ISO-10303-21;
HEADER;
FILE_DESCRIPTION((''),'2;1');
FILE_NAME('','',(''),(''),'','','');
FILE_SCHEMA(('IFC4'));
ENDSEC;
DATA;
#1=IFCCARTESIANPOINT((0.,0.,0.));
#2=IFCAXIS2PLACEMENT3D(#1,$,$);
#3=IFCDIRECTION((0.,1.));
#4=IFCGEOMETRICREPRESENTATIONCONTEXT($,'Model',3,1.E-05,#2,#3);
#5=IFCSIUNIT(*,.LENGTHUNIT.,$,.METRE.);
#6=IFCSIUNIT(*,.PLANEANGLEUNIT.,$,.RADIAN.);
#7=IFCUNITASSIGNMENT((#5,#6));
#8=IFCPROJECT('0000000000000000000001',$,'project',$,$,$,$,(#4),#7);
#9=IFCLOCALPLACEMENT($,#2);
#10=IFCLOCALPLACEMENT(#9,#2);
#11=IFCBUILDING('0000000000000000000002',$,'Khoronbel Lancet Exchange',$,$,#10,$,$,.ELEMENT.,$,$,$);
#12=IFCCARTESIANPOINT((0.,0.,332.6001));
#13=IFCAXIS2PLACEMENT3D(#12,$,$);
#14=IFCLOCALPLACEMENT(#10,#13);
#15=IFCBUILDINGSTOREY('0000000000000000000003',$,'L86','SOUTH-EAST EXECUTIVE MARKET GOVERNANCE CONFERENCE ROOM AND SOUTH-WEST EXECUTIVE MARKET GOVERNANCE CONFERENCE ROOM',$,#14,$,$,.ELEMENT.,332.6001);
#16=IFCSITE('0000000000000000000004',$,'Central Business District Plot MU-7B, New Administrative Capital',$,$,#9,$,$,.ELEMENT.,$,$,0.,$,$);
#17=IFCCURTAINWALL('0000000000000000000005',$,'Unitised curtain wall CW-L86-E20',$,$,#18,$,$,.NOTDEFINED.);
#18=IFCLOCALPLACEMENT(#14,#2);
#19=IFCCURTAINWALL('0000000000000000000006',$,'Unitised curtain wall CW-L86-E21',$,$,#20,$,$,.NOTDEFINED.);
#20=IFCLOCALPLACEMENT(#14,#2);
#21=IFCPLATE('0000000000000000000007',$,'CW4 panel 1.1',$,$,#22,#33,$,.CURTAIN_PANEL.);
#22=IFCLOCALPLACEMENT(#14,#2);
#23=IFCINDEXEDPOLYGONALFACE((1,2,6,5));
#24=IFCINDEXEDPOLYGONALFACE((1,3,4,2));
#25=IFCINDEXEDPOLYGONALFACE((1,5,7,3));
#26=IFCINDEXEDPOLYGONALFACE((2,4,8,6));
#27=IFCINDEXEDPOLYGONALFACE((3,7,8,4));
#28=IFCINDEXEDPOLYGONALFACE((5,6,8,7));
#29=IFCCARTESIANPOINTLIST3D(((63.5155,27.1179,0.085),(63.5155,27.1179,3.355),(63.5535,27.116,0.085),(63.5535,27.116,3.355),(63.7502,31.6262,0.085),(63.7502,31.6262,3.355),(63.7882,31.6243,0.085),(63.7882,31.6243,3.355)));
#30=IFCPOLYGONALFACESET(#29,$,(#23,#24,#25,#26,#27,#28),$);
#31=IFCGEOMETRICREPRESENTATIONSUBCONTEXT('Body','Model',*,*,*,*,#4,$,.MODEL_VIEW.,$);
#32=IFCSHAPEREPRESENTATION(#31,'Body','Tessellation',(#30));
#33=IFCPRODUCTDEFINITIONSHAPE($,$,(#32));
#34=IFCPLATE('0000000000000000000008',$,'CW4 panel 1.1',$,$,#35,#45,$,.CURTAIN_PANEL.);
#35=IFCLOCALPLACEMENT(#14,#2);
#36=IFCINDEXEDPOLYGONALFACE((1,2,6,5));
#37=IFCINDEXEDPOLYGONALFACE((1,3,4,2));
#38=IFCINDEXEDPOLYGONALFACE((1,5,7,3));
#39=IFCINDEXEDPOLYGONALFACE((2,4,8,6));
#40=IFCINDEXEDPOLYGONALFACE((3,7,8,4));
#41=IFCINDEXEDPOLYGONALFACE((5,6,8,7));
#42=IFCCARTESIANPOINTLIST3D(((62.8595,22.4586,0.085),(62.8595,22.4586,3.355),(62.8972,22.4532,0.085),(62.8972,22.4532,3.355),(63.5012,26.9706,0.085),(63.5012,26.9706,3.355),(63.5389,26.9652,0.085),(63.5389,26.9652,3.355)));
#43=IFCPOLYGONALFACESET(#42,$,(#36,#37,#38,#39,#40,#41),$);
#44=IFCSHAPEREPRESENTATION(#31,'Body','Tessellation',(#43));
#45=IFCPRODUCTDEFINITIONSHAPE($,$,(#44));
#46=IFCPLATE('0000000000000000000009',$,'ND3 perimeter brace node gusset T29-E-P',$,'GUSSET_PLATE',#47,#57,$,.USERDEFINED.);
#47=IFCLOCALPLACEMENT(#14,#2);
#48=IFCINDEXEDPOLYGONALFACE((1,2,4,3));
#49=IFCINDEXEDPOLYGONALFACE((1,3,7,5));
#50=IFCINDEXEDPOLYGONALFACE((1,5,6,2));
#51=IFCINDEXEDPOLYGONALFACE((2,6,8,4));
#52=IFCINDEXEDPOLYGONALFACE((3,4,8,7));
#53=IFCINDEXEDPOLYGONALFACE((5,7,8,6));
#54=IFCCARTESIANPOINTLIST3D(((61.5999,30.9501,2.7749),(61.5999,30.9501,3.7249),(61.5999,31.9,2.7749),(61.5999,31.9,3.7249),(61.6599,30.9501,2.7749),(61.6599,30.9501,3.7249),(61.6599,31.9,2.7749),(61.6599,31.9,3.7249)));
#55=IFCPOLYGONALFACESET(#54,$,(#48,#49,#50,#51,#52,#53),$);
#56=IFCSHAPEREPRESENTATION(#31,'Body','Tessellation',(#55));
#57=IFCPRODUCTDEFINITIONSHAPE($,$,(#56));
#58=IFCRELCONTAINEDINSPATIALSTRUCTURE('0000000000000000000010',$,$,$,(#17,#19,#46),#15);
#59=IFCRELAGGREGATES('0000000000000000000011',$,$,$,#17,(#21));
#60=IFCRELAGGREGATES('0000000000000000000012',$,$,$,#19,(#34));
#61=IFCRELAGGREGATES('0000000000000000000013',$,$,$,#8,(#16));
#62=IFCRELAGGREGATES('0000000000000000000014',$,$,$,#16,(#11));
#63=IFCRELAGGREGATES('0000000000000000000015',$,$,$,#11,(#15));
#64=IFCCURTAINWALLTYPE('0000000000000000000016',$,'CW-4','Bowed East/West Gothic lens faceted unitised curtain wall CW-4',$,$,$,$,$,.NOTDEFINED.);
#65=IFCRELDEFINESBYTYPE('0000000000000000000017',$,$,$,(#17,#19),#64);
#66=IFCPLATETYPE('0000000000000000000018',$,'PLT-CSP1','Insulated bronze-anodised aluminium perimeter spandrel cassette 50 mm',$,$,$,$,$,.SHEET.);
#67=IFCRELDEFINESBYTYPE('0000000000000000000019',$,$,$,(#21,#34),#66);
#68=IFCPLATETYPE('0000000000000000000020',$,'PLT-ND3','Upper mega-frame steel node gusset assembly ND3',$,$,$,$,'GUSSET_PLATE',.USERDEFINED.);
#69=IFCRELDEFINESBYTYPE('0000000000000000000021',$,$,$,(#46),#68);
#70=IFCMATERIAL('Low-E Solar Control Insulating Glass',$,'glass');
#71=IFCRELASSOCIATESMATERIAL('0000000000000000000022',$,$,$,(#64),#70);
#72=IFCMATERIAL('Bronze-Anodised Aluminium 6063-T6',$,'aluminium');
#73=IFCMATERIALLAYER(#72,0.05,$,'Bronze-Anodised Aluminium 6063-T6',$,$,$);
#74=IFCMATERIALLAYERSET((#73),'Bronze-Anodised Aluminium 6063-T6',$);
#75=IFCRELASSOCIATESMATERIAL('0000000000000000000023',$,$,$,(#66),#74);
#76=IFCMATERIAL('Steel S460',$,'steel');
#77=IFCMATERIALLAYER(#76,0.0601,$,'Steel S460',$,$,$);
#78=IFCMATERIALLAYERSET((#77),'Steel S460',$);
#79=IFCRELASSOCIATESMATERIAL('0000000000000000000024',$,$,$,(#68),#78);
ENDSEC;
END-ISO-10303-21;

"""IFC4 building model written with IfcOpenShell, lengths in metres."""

from ifc_helpers import new_model, si_unit, direction, frame, origin, origin_2d, place, context, subcontext, project, spatial, rectangle, extrude, material, layer, layer_set, type_object, element, aggregate, save


model = new_model("IFC4")

# Units and contexts
model_context = context("Model", 3, precision=1e-05, world=origin(), true_north=direction((0.0, 1.0)))
body_context = subcontext(model_context, "Body", "Model", "MODEL_VIEW")
ifc_project = project(units=[si_unit("LENGTHUNIT", "METRE"), si_unit("PLANEANGLEUNIT", "RADIAN")], contexts=[model_context])

# Site, building, storey
site_placement = place(None, origin())
site = spatial("IfcSite", under=ifc_project, at=site_placement, Name="Central Business District Plot MU-7B, New Administrative Capital", CompositionType="ELEMENT", RefElevation=0.0)
building_placement = place(site_placement, origin())
building = spatial("IfcBuilding", under=site, at=building_placement, Name="Khoronbel Lancet Exchange", CompositionType="ELEMENT")
storey_placement = place(building_placement, frame((0.0, 0.0, 332.6001)))
storey = spatial("IfcBuildingStorey", under=building, at=storey_placement, Name="L86", Description="SOUTH-EAST EXECUTIVE MARKET GOVERNANCE CONFERENCE ROOM AND SOUTH-WEST EXECUTIVE MARKET GOVERNANCE CONFERENCE ROOM", CompositionType="ELEMENT", Elevation=332.6001)

# Shared definitions
ifc_material_1 = material(Name="Low-E Solar Control Insulating Glass", Category="glass")
curtain_wall_type = type_object("IfcCurtainWallType", Name="CW-4", Description="Bowed East/West Gothic lens faceted unitised curtain wall CW-4", PredefinedType="NOTDEFINED", material=ifc_material_1)
ifc_material_2 = material(Name="Bronze-Anodised Aluminium 6063-T6", Category="aluminium")

# Curtain wall
curtain_wall_1_placement = place(storey_placement, origin())
curtain_wall_1 = element("IfcCurtainWall", 1, at=curtain_wall_1_placement, inside=storey, type_object=curtain_wall_type, Name="Unitised curtain wall CW-L86-E20", PredefinedType="NOTDEFINED")

# Curtain wall
curtain_wall_2_placement = place(storey_placement, origin())
curtain_wall_2 = element("IfcCurtainWall", 2, at=curtain_wall_2_placement, inside=storey, type_object=curtain_wall_type, Name="Unitised curtain wall CW-L86-E21", PredefinedType="NOTDEFINED")

# Plates
ifc_layer_1 = layer(ifc_material_2, 0.05, Name="Bronze-Anodised Aluminium 6063-T6")
ifc_layer_set_1 = layer_set([ifc_layer_1], Name="Bronze-Anodised Aluminium 6063-T6")
plate_type_1 = type_object("IfcPlateType", Name="PLT-CSP1", Description="Insulated bronze-anodised aluminium perimeter spandrel cassette 50 mm", PredefinedType="SHEET", material=ifc_layer_set_1)
plate_1_placement = place(storey_placement, frame((63.6519, 29.3711, 0.085), z_axis=(0.0, 0.0, 1.0), x_axis=(-0.051991, -0.998648, 0.0)))
plate_1 = element("IfcPlate", 3, at=plate_1_placement, type_object=plate_type_1, Name="CW4 panel 1.1", PredefinedType="CURTAIN_PANEL", context=body_context, shape_type="SweptSolid", body=[
    extrude(rectangle(XDim=4.5144, YDim=0.0381, at=origin_2d()), origin(), (0.0, 0.0, 1.0), 3.27),
])
aggregate(curtain_wall_1, [plate_1])
plate_2_placement = place(storey_placement, frame((63.1992, 24.7119, 0.085), z_axis=(0.0, 0.0, 1.0), x_axis=(-0.140803, -0.990038, 0.0)))
plate_2 = element("IfcPlate", 4, at=plate_2_placement, type_object=plate_type_1, Name="CW4 panel 1.1", PredefinedType="CURTAIN_PANEL", context=body_context, shape_type="SweptSolid", body=[
    extrude(rectangle(XDim=4.5574, YDim=0.0381, at=origin_2d()), origin(), (0.0, 0.0, 1.0), 3.27),
])
aggregate(curtain_wall_2, [plate_2])
ifc_material_3 = material(Name="Steel S460", Category="steel")
ifc_layer_2 = layer(ifc_material_3, 0.0601, Name="Steel S460")
ifc_layer_set_2 = layer_set([ifc_layer_2], Name="Steel S460")
plate_type_2 = type_object("IfcPlateType", Name="PLT-ND3", Description="Upper mega-frame steel node gusset assembly ND3", ElementType="GUSSET_PLATE", PredefinedType="USERDEFINED", material=ifc_layer_set_2)
plate_3_placement = place(storey_placement, frame((61.6299, 31.425, 2.7749), z_axis=(0.0, 0.0, 1.0), x_axis=(0.0, 1.0, 0.0)))
element("IfcPlate", 5, at=plate_3_placement, inside=storey, type_object=plate_type_2, Name="ND3 perimeter brace node gusset T29-E-P", ObjectType="GUSSET_PLATE", PredefinedType="USERDEFINED", context=body_context, shape_type="SweptSolid", body=[
    extrude(rectangle(XDim=0.95, YDim=0.0601, at=origin_2d()), origin(), (0.0, 0.0, 1.0), 0.95),
])

save(model, "model.ifc")
